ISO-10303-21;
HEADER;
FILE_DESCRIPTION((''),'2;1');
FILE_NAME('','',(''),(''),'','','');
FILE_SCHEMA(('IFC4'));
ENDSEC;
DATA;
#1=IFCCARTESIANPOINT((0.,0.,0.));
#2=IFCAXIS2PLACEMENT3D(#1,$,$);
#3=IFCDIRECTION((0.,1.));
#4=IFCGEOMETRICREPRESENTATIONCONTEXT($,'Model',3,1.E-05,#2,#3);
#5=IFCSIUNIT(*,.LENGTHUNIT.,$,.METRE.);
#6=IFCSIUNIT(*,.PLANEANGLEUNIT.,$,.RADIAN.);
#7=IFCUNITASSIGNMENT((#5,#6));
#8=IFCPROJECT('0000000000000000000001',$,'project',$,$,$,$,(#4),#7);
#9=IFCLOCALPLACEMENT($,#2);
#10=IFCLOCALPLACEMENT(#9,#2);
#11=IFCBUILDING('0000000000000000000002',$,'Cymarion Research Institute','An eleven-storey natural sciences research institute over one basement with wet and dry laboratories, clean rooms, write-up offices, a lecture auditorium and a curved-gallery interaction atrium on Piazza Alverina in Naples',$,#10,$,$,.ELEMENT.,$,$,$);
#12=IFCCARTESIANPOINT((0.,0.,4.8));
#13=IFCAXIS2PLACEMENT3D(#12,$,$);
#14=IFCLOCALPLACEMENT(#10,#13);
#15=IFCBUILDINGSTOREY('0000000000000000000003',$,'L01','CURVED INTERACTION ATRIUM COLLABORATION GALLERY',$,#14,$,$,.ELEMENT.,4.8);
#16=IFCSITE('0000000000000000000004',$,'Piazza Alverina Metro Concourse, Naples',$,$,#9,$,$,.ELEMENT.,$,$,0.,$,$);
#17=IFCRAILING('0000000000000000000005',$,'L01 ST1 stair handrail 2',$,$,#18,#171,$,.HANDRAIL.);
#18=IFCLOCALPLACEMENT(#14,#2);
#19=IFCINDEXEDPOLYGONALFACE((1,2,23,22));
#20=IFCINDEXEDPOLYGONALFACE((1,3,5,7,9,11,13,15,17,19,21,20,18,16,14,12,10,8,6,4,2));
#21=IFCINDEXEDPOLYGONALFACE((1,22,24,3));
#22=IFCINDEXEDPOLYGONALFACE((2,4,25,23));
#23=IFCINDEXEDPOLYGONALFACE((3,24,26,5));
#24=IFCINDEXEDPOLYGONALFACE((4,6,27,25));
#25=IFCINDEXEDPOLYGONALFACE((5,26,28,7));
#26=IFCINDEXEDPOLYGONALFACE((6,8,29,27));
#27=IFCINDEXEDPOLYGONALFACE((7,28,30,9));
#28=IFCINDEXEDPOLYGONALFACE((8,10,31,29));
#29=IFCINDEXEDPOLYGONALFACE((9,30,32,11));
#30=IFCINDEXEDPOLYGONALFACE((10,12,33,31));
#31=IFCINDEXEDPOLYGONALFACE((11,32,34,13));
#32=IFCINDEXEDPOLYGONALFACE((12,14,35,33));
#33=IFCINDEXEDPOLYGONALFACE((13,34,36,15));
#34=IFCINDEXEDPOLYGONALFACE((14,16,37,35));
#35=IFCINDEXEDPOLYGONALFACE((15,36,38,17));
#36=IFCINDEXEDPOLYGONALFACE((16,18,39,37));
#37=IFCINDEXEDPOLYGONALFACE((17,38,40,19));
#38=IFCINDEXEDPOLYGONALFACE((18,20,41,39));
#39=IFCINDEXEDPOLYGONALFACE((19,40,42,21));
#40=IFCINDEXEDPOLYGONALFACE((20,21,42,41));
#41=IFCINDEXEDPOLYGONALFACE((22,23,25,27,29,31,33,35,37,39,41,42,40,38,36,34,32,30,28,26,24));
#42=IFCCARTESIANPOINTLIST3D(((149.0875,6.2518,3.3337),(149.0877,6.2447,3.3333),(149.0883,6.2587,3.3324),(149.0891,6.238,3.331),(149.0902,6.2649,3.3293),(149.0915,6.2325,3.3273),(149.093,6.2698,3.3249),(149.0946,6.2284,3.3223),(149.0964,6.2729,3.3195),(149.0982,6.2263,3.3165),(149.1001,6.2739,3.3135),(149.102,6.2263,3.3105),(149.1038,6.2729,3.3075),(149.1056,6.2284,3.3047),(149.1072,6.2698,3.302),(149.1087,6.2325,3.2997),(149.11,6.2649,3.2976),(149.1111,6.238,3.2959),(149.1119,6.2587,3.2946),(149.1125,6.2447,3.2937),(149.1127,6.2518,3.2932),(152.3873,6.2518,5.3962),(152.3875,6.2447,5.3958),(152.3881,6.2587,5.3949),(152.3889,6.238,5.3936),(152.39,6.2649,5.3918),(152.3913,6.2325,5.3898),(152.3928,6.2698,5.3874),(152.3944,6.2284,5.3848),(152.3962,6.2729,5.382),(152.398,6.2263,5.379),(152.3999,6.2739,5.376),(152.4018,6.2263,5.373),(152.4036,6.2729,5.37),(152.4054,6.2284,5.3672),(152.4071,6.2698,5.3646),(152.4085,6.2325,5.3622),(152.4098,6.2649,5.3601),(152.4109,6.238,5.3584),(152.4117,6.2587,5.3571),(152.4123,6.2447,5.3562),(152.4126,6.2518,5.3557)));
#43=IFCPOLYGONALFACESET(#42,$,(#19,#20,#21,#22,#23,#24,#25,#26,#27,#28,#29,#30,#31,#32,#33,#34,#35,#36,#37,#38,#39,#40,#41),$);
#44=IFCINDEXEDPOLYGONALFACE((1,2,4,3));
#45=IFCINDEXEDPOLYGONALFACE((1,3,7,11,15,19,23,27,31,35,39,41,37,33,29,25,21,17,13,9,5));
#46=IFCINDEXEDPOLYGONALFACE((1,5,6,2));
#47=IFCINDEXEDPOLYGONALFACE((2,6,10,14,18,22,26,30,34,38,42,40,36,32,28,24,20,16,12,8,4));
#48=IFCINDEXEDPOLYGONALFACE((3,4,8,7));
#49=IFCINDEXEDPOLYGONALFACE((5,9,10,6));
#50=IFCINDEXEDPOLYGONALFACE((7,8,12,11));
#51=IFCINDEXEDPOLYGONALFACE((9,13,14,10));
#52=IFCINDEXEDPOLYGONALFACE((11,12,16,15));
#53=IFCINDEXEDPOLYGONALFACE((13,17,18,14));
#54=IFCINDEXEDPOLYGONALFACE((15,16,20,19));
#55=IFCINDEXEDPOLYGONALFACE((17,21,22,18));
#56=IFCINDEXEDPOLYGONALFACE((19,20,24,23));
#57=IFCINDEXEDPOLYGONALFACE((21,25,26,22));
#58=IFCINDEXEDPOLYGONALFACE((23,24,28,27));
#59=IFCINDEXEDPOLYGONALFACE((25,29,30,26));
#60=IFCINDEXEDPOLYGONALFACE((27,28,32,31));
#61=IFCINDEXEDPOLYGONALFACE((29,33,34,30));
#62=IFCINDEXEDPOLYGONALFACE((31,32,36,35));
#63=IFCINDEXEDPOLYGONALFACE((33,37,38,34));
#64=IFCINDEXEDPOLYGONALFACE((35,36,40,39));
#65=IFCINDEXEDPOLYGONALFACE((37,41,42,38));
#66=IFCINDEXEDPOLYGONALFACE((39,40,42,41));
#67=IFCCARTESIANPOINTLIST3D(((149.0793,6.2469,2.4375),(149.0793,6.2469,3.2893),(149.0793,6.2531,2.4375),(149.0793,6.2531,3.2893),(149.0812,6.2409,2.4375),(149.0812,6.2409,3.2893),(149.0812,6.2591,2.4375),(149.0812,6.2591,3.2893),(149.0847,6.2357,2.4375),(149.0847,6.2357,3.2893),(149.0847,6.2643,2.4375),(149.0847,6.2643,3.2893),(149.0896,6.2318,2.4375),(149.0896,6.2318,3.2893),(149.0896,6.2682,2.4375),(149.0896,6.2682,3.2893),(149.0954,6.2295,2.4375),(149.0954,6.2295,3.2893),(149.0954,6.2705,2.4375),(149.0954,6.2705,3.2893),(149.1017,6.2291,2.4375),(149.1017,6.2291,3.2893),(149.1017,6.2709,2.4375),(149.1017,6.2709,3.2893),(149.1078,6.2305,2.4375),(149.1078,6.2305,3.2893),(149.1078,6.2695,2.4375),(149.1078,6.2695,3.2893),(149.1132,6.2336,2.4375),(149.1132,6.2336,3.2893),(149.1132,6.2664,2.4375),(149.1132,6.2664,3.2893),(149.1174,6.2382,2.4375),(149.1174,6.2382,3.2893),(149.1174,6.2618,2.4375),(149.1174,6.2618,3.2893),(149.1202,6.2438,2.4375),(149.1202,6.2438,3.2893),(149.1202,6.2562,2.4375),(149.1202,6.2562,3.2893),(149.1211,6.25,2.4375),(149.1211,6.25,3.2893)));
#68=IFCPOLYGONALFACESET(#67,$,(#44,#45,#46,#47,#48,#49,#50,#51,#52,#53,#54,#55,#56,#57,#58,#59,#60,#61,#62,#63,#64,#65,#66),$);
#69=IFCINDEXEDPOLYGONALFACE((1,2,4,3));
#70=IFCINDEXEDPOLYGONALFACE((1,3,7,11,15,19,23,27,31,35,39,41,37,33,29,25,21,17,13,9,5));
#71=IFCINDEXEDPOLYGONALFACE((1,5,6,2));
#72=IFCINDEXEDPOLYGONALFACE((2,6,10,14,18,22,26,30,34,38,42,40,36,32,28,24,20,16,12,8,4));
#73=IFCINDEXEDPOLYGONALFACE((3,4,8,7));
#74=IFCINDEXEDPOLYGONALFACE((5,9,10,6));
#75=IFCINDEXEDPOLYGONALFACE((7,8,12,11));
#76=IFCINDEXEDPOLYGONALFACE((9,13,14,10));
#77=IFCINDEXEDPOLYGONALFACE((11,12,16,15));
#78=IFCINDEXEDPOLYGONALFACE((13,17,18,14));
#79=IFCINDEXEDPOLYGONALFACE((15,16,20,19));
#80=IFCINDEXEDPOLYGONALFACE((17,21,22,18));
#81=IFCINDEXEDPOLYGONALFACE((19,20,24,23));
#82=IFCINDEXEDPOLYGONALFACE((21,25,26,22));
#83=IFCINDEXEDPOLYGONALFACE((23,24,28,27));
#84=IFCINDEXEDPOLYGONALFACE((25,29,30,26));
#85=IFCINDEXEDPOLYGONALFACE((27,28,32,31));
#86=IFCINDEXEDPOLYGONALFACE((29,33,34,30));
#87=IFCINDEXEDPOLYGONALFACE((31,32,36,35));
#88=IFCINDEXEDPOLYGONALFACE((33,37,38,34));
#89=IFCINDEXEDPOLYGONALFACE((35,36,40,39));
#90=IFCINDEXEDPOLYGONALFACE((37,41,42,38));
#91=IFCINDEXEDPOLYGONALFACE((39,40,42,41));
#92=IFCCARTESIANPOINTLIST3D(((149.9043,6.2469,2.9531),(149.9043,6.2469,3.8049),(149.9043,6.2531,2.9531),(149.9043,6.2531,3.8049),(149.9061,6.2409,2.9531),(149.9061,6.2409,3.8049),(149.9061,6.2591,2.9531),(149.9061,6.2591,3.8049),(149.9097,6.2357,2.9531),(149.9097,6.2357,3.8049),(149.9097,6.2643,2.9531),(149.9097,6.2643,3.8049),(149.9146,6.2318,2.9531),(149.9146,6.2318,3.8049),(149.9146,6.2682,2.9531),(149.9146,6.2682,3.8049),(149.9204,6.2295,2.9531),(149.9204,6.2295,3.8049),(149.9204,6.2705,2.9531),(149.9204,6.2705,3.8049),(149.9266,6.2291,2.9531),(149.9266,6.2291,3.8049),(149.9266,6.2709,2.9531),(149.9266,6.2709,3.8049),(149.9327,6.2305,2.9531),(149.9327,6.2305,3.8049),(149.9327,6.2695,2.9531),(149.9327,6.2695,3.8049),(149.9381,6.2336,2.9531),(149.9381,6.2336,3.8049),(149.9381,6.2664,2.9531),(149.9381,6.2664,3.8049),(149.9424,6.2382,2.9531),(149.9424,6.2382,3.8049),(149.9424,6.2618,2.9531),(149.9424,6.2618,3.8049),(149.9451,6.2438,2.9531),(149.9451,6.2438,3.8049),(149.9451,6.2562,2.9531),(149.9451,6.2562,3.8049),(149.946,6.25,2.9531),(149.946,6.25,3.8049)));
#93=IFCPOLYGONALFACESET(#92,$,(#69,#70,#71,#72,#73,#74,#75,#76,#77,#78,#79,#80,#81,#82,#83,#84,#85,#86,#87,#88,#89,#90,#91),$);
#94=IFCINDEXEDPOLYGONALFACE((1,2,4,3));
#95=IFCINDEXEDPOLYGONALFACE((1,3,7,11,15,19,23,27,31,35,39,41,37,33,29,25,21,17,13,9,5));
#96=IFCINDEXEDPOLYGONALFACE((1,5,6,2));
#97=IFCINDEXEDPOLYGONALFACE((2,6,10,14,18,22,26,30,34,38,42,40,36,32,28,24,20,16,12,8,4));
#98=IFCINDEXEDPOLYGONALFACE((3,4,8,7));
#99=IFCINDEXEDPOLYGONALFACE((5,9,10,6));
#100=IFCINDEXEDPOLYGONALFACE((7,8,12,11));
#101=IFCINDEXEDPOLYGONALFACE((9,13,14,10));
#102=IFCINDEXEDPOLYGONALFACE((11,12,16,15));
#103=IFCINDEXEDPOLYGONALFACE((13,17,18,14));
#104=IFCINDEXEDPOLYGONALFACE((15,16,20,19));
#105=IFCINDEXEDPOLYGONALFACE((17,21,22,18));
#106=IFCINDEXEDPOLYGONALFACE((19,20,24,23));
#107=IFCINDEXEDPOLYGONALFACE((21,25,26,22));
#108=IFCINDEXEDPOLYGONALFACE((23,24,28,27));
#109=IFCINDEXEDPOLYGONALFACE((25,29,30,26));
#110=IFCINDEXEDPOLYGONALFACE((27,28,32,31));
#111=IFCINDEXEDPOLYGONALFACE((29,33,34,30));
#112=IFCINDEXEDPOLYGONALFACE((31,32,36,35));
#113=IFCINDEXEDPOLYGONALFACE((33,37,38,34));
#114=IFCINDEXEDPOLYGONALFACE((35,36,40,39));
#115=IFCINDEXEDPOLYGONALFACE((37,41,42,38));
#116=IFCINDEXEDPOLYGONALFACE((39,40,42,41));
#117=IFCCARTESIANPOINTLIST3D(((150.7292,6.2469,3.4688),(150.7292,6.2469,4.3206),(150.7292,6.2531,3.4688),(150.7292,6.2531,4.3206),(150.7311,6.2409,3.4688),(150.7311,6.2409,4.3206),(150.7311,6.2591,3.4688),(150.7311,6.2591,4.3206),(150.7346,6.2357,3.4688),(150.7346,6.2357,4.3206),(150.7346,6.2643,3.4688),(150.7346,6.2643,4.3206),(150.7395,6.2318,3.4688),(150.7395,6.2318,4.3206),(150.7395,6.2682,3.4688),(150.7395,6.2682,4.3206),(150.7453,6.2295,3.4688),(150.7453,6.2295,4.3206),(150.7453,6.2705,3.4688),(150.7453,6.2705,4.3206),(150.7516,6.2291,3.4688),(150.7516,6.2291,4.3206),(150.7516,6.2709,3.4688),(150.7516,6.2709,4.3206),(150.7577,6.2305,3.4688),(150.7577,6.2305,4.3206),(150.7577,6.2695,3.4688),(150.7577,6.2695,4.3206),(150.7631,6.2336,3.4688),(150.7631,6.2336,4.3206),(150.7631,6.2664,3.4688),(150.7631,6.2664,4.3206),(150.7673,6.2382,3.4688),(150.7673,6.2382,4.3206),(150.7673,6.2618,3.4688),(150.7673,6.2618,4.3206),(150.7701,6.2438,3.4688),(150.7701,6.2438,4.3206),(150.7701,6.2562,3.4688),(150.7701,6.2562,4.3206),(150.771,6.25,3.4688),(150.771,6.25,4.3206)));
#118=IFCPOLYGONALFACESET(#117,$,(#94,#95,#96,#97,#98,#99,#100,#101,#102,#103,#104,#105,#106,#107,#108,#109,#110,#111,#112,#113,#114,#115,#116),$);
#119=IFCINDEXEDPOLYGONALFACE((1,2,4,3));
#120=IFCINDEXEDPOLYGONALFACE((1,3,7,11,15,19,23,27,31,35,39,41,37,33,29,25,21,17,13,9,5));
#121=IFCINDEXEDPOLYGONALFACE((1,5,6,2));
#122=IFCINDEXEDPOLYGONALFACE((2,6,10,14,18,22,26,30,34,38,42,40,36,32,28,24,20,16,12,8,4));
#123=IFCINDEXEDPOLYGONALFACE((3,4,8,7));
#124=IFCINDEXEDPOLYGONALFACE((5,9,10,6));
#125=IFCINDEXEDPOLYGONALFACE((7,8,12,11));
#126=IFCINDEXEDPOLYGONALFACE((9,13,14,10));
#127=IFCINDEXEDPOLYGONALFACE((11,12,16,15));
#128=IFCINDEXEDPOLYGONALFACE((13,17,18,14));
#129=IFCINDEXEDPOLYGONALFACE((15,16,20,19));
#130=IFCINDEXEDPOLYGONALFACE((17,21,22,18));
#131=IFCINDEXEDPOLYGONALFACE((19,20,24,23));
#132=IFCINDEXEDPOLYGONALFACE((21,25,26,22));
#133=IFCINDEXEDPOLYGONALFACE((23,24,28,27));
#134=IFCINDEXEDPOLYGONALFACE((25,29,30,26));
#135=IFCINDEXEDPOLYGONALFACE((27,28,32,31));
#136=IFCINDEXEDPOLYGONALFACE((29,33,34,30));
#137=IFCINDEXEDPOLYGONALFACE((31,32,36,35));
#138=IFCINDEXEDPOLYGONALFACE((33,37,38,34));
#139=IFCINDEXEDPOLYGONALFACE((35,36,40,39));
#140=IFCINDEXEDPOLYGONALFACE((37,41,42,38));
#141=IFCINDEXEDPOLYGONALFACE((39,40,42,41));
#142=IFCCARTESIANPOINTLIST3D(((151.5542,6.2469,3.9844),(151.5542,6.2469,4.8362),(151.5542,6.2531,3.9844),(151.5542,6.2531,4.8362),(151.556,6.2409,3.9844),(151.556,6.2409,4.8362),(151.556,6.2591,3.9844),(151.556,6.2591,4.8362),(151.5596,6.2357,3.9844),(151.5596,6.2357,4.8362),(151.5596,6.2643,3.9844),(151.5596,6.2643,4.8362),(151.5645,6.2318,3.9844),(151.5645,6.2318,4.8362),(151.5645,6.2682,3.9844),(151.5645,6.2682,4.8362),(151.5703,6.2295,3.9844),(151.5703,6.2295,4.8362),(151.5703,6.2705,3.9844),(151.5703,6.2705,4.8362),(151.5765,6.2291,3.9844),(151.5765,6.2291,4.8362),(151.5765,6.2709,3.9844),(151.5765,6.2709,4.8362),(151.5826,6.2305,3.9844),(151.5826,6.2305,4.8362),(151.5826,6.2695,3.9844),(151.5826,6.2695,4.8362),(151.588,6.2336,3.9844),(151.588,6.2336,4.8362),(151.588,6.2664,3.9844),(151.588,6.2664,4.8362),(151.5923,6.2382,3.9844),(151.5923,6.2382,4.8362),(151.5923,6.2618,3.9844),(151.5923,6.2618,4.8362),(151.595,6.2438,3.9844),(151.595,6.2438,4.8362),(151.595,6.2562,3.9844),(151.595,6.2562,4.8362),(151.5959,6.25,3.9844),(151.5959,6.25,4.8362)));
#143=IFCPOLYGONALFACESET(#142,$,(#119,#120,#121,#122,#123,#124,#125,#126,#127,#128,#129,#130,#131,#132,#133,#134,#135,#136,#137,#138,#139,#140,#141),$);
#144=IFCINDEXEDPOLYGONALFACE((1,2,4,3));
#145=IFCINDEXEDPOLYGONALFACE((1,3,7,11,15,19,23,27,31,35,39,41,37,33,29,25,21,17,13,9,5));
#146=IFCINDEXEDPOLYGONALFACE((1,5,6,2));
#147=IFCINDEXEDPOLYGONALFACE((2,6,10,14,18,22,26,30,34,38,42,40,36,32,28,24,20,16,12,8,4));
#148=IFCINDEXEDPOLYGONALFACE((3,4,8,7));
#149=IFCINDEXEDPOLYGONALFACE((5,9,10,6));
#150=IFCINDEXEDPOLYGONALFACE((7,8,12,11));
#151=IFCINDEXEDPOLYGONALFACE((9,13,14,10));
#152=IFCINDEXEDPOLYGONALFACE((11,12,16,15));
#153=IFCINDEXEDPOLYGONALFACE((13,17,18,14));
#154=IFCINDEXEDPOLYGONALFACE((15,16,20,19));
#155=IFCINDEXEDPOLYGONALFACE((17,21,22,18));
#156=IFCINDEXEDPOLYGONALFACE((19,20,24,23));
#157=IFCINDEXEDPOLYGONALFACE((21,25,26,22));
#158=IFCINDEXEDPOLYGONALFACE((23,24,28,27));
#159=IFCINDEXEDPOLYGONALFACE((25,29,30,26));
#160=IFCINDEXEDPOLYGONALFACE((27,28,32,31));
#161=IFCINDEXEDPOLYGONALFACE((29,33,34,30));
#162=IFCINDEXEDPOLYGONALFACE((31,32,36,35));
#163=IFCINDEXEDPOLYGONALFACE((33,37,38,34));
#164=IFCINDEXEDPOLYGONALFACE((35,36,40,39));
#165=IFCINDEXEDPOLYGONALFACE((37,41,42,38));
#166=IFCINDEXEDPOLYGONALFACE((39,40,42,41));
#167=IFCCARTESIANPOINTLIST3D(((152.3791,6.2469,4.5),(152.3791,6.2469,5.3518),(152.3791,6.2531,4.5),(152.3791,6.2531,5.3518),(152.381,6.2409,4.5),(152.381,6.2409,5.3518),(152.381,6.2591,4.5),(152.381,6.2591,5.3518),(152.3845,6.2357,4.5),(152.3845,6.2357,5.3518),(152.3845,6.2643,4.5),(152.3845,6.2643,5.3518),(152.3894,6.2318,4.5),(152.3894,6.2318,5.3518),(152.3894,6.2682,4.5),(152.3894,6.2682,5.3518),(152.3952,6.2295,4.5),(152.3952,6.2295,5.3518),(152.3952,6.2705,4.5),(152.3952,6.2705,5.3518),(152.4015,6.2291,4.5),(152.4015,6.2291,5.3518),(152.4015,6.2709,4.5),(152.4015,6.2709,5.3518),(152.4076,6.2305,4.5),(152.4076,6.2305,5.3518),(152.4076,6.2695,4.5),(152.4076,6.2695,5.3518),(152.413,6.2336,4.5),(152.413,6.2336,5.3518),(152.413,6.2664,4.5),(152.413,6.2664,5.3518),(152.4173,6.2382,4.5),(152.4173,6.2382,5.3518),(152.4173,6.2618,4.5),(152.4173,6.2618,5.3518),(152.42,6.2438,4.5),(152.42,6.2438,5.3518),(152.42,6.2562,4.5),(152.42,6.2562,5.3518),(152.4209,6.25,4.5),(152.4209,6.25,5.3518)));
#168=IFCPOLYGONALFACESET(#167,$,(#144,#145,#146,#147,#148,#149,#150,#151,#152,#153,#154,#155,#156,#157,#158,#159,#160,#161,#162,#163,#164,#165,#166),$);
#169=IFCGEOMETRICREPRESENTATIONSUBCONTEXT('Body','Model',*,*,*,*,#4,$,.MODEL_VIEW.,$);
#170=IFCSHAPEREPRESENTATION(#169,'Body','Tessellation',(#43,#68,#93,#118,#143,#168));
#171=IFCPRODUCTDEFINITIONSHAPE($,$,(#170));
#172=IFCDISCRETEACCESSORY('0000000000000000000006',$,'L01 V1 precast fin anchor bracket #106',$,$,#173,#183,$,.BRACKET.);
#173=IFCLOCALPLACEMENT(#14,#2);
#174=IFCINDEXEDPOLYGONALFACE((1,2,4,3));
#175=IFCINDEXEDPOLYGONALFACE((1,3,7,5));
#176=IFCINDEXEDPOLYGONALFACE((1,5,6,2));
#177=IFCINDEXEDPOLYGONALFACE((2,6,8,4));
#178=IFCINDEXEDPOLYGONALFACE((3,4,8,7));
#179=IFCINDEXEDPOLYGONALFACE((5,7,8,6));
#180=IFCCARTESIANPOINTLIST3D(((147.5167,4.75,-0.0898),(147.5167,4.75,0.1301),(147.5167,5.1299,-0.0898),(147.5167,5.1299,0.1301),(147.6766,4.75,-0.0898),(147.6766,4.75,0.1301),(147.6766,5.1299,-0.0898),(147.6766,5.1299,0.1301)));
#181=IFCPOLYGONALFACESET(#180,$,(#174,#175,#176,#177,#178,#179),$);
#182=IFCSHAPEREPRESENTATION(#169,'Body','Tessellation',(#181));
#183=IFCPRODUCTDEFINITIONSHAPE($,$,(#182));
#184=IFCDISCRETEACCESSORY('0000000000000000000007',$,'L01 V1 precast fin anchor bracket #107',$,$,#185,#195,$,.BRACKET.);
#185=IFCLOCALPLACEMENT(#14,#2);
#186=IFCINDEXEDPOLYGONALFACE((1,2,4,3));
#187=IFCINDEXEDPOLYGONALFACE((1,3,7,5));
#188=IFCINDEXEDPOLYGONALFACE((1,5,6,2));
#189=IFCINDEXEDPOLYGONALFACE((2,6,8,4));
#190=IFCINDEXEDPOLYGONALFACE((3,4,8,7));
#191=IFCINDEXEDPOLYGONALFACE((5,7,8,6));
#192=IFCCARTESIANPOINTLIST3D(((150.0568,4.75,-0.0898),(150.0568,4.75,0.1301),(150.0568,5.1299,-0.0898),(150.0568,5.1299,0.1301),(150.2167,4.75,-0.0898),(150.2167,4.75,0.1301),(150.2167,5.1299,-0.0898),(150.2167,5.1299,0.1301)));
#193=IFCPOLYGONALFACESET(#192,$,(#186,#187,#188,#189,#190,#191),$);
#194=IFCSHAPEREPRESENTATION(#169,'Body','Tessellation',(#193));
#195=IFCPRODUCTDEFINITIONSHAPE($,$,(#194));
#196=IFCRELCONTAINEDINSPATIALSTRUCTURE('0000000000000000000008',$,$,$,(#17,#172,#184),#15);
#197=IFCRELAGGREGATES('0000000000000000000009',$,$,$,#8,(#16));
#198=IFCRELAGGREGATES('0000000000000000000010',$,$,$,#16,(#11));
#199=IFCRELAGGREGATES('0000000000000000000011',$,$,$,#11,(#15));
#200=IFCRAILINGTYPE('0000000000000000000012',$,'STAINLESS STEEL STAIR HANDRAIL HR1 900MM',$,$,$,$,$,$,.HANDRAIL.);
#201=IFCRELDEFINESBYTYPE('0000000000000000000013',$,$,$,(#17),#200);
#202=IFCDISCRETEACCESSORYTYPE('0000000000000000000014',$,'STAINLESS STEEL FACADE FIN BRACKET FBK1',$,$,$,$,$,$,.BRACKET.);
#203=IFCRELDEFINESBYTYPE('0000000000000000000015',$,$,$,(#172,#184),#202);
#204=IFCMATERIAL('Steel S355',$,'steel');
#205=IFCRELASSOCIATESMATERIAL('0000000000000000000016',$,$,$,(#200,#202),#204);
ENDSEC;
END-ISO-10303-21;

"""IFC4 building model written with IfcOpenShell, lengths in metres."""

from ifc_helpers import new_model, si_unit, direction, frame, origin, origin_2d, place, context, subcontext, project, spatial, rectangle, circle, extrude, material, type_object, element, save


model = new_model("IFC4")

# Units and contexts
model_context = context("Model", 3, precision=1e-05, world=origin(), true_north=direction((0.0, 1.0)))
body_context = subcontext(model_context, "Body", "Model", "MODEL_VIEW")
ifc_project = project(units=[si_unit("LENGTHUNIT", "METRE"), si_unit("PLANEANGLEUNIT", "RADIAN")], contexts=[model_context])

# Site, building, storey
site_placement = place(None, origin())
site = spatial("IfcSite", under=ifc_project, at=site_placement, Name="Piazza Alverina Metro Concourse, Naples", CompositionType="ELEMENT", RefElevation=0.0)
building_placement = place(site_placement, origin())
building = spatial("IfcBuilding", under=site, at=building_placement, Name="Cymarion Research Institute", Description="An eleven-storey natural sciences research institute over one basement with wet and dry laboratories, clean rooms, write-up offices, a lecture auditorium and a curved-gallery interaction atrium on Piazza Alverina in Naples", CompositionType="ELEMENT")
storey_placement = place(building_placement, frame((0.0, 0.0, 4.8)))
storey = spatial("IfcBuildingStorey", under=building, at=storey_placement, Name="L01", Description="CURVED INTERACTION ATRIUM COLLABORATION GALLERY", CompositionType="ELEMENT", Elevation=4.8)

# Shared definitions
ifc_material_1 = material(Name="Steel S355", Category="steel")

# Railing
railing_type_1 = type_object("IfcRailingType", Name="STAINLESS STEEL STAIR HANDRAIL HR1 900MM", PredefinedType="HANDRAIL", material=ifc_material_1)
railing_1_placement = place(storey_placement, frame((149.1001, 6.25, 2.4375)))
element("IfcRailing", 1, at=railing_1_placement, inside=storey, type_object=railing_type_1, Name="L01 ST1 stair handrail 2", PredefinedType="HANDRAIL", context=body_context, shape_type="SweptSolid", body=[
    extrude(circle(Radius=0.0239, at=origin_2d()), frame((0.0, 0.0, 0.876), z_axis=(0.847984, 0.0, 0.530021), x_axis=(0.0, 1.0, 0.0)), (0.0, 0.0, 1.0), 3.8914),
    extrude(circle(Radius=0.021, at=origin_2d()), origin(), (0.0, 0.0, 1.0), 0.8518),
    extrude(circle(Radius=0.021, at=origin_2d()), frame((0.825, 0.0, 0.5156)), (0.0, 0.0, 1.0), 0.8518),
    extrude(circle(Radius=0.021, at=origin_2d()), frame((1.6499, 0.0, 1.0312)), (0.0, 0.0, 1.0), 0.8518),
    extrude(circle(Radius=0.021, at=origin_2d()), frame((2.4749, 0.0, 1.5469)), (0.0, 0.0, 1.0), 0.8518),
    extrude(circle(Radius=0.021, at=origin_2d()), frame((3.2998, 0.0, 2.0625)), (0.0, 0.0, 1.0), 0.8518),
])

# Discrete accessories
discrete_accessory_type = type_object("IfcDiscreteAccessoryType", Name="STAINLESS STEEL FACADE FIN BRACKET FBK1", PredefinedType="BRACKET", material=ifc_material_1)
for number, where, z_axis, x_axis, name in (
    (2, (147.5967, 4.9399, -0.0898), (0.0, 0.0, 1.0), (0.0, -1.0, 0.0), "L01 V1 precast fin anchor bracket #106"),
    (3, (150.1367, 4.9399, -0.0898), (0.0, 0.0, 1.0), (0.0, -1.0, 0.0), "L01 V1 precast fin anchor bracket #107"),
):
    element("IfcDiscreteAccessory", number, at=place(storey_placement, frame(where, z_axis=z_axis, x_axis=x_axis)), inside=storey, type_object=discrete_accessory_type, Name=name, PredefinedType="BRACKET", context=body_context, shape_type="SweptSolid", body=[
        extrude(rectangle(XDim=0.3799, YDim=0.1599, at=origin_2d()), origin(), (0.0, 0.0, 1.0), 0.22),
    ])

save(model, "model.ifc")
